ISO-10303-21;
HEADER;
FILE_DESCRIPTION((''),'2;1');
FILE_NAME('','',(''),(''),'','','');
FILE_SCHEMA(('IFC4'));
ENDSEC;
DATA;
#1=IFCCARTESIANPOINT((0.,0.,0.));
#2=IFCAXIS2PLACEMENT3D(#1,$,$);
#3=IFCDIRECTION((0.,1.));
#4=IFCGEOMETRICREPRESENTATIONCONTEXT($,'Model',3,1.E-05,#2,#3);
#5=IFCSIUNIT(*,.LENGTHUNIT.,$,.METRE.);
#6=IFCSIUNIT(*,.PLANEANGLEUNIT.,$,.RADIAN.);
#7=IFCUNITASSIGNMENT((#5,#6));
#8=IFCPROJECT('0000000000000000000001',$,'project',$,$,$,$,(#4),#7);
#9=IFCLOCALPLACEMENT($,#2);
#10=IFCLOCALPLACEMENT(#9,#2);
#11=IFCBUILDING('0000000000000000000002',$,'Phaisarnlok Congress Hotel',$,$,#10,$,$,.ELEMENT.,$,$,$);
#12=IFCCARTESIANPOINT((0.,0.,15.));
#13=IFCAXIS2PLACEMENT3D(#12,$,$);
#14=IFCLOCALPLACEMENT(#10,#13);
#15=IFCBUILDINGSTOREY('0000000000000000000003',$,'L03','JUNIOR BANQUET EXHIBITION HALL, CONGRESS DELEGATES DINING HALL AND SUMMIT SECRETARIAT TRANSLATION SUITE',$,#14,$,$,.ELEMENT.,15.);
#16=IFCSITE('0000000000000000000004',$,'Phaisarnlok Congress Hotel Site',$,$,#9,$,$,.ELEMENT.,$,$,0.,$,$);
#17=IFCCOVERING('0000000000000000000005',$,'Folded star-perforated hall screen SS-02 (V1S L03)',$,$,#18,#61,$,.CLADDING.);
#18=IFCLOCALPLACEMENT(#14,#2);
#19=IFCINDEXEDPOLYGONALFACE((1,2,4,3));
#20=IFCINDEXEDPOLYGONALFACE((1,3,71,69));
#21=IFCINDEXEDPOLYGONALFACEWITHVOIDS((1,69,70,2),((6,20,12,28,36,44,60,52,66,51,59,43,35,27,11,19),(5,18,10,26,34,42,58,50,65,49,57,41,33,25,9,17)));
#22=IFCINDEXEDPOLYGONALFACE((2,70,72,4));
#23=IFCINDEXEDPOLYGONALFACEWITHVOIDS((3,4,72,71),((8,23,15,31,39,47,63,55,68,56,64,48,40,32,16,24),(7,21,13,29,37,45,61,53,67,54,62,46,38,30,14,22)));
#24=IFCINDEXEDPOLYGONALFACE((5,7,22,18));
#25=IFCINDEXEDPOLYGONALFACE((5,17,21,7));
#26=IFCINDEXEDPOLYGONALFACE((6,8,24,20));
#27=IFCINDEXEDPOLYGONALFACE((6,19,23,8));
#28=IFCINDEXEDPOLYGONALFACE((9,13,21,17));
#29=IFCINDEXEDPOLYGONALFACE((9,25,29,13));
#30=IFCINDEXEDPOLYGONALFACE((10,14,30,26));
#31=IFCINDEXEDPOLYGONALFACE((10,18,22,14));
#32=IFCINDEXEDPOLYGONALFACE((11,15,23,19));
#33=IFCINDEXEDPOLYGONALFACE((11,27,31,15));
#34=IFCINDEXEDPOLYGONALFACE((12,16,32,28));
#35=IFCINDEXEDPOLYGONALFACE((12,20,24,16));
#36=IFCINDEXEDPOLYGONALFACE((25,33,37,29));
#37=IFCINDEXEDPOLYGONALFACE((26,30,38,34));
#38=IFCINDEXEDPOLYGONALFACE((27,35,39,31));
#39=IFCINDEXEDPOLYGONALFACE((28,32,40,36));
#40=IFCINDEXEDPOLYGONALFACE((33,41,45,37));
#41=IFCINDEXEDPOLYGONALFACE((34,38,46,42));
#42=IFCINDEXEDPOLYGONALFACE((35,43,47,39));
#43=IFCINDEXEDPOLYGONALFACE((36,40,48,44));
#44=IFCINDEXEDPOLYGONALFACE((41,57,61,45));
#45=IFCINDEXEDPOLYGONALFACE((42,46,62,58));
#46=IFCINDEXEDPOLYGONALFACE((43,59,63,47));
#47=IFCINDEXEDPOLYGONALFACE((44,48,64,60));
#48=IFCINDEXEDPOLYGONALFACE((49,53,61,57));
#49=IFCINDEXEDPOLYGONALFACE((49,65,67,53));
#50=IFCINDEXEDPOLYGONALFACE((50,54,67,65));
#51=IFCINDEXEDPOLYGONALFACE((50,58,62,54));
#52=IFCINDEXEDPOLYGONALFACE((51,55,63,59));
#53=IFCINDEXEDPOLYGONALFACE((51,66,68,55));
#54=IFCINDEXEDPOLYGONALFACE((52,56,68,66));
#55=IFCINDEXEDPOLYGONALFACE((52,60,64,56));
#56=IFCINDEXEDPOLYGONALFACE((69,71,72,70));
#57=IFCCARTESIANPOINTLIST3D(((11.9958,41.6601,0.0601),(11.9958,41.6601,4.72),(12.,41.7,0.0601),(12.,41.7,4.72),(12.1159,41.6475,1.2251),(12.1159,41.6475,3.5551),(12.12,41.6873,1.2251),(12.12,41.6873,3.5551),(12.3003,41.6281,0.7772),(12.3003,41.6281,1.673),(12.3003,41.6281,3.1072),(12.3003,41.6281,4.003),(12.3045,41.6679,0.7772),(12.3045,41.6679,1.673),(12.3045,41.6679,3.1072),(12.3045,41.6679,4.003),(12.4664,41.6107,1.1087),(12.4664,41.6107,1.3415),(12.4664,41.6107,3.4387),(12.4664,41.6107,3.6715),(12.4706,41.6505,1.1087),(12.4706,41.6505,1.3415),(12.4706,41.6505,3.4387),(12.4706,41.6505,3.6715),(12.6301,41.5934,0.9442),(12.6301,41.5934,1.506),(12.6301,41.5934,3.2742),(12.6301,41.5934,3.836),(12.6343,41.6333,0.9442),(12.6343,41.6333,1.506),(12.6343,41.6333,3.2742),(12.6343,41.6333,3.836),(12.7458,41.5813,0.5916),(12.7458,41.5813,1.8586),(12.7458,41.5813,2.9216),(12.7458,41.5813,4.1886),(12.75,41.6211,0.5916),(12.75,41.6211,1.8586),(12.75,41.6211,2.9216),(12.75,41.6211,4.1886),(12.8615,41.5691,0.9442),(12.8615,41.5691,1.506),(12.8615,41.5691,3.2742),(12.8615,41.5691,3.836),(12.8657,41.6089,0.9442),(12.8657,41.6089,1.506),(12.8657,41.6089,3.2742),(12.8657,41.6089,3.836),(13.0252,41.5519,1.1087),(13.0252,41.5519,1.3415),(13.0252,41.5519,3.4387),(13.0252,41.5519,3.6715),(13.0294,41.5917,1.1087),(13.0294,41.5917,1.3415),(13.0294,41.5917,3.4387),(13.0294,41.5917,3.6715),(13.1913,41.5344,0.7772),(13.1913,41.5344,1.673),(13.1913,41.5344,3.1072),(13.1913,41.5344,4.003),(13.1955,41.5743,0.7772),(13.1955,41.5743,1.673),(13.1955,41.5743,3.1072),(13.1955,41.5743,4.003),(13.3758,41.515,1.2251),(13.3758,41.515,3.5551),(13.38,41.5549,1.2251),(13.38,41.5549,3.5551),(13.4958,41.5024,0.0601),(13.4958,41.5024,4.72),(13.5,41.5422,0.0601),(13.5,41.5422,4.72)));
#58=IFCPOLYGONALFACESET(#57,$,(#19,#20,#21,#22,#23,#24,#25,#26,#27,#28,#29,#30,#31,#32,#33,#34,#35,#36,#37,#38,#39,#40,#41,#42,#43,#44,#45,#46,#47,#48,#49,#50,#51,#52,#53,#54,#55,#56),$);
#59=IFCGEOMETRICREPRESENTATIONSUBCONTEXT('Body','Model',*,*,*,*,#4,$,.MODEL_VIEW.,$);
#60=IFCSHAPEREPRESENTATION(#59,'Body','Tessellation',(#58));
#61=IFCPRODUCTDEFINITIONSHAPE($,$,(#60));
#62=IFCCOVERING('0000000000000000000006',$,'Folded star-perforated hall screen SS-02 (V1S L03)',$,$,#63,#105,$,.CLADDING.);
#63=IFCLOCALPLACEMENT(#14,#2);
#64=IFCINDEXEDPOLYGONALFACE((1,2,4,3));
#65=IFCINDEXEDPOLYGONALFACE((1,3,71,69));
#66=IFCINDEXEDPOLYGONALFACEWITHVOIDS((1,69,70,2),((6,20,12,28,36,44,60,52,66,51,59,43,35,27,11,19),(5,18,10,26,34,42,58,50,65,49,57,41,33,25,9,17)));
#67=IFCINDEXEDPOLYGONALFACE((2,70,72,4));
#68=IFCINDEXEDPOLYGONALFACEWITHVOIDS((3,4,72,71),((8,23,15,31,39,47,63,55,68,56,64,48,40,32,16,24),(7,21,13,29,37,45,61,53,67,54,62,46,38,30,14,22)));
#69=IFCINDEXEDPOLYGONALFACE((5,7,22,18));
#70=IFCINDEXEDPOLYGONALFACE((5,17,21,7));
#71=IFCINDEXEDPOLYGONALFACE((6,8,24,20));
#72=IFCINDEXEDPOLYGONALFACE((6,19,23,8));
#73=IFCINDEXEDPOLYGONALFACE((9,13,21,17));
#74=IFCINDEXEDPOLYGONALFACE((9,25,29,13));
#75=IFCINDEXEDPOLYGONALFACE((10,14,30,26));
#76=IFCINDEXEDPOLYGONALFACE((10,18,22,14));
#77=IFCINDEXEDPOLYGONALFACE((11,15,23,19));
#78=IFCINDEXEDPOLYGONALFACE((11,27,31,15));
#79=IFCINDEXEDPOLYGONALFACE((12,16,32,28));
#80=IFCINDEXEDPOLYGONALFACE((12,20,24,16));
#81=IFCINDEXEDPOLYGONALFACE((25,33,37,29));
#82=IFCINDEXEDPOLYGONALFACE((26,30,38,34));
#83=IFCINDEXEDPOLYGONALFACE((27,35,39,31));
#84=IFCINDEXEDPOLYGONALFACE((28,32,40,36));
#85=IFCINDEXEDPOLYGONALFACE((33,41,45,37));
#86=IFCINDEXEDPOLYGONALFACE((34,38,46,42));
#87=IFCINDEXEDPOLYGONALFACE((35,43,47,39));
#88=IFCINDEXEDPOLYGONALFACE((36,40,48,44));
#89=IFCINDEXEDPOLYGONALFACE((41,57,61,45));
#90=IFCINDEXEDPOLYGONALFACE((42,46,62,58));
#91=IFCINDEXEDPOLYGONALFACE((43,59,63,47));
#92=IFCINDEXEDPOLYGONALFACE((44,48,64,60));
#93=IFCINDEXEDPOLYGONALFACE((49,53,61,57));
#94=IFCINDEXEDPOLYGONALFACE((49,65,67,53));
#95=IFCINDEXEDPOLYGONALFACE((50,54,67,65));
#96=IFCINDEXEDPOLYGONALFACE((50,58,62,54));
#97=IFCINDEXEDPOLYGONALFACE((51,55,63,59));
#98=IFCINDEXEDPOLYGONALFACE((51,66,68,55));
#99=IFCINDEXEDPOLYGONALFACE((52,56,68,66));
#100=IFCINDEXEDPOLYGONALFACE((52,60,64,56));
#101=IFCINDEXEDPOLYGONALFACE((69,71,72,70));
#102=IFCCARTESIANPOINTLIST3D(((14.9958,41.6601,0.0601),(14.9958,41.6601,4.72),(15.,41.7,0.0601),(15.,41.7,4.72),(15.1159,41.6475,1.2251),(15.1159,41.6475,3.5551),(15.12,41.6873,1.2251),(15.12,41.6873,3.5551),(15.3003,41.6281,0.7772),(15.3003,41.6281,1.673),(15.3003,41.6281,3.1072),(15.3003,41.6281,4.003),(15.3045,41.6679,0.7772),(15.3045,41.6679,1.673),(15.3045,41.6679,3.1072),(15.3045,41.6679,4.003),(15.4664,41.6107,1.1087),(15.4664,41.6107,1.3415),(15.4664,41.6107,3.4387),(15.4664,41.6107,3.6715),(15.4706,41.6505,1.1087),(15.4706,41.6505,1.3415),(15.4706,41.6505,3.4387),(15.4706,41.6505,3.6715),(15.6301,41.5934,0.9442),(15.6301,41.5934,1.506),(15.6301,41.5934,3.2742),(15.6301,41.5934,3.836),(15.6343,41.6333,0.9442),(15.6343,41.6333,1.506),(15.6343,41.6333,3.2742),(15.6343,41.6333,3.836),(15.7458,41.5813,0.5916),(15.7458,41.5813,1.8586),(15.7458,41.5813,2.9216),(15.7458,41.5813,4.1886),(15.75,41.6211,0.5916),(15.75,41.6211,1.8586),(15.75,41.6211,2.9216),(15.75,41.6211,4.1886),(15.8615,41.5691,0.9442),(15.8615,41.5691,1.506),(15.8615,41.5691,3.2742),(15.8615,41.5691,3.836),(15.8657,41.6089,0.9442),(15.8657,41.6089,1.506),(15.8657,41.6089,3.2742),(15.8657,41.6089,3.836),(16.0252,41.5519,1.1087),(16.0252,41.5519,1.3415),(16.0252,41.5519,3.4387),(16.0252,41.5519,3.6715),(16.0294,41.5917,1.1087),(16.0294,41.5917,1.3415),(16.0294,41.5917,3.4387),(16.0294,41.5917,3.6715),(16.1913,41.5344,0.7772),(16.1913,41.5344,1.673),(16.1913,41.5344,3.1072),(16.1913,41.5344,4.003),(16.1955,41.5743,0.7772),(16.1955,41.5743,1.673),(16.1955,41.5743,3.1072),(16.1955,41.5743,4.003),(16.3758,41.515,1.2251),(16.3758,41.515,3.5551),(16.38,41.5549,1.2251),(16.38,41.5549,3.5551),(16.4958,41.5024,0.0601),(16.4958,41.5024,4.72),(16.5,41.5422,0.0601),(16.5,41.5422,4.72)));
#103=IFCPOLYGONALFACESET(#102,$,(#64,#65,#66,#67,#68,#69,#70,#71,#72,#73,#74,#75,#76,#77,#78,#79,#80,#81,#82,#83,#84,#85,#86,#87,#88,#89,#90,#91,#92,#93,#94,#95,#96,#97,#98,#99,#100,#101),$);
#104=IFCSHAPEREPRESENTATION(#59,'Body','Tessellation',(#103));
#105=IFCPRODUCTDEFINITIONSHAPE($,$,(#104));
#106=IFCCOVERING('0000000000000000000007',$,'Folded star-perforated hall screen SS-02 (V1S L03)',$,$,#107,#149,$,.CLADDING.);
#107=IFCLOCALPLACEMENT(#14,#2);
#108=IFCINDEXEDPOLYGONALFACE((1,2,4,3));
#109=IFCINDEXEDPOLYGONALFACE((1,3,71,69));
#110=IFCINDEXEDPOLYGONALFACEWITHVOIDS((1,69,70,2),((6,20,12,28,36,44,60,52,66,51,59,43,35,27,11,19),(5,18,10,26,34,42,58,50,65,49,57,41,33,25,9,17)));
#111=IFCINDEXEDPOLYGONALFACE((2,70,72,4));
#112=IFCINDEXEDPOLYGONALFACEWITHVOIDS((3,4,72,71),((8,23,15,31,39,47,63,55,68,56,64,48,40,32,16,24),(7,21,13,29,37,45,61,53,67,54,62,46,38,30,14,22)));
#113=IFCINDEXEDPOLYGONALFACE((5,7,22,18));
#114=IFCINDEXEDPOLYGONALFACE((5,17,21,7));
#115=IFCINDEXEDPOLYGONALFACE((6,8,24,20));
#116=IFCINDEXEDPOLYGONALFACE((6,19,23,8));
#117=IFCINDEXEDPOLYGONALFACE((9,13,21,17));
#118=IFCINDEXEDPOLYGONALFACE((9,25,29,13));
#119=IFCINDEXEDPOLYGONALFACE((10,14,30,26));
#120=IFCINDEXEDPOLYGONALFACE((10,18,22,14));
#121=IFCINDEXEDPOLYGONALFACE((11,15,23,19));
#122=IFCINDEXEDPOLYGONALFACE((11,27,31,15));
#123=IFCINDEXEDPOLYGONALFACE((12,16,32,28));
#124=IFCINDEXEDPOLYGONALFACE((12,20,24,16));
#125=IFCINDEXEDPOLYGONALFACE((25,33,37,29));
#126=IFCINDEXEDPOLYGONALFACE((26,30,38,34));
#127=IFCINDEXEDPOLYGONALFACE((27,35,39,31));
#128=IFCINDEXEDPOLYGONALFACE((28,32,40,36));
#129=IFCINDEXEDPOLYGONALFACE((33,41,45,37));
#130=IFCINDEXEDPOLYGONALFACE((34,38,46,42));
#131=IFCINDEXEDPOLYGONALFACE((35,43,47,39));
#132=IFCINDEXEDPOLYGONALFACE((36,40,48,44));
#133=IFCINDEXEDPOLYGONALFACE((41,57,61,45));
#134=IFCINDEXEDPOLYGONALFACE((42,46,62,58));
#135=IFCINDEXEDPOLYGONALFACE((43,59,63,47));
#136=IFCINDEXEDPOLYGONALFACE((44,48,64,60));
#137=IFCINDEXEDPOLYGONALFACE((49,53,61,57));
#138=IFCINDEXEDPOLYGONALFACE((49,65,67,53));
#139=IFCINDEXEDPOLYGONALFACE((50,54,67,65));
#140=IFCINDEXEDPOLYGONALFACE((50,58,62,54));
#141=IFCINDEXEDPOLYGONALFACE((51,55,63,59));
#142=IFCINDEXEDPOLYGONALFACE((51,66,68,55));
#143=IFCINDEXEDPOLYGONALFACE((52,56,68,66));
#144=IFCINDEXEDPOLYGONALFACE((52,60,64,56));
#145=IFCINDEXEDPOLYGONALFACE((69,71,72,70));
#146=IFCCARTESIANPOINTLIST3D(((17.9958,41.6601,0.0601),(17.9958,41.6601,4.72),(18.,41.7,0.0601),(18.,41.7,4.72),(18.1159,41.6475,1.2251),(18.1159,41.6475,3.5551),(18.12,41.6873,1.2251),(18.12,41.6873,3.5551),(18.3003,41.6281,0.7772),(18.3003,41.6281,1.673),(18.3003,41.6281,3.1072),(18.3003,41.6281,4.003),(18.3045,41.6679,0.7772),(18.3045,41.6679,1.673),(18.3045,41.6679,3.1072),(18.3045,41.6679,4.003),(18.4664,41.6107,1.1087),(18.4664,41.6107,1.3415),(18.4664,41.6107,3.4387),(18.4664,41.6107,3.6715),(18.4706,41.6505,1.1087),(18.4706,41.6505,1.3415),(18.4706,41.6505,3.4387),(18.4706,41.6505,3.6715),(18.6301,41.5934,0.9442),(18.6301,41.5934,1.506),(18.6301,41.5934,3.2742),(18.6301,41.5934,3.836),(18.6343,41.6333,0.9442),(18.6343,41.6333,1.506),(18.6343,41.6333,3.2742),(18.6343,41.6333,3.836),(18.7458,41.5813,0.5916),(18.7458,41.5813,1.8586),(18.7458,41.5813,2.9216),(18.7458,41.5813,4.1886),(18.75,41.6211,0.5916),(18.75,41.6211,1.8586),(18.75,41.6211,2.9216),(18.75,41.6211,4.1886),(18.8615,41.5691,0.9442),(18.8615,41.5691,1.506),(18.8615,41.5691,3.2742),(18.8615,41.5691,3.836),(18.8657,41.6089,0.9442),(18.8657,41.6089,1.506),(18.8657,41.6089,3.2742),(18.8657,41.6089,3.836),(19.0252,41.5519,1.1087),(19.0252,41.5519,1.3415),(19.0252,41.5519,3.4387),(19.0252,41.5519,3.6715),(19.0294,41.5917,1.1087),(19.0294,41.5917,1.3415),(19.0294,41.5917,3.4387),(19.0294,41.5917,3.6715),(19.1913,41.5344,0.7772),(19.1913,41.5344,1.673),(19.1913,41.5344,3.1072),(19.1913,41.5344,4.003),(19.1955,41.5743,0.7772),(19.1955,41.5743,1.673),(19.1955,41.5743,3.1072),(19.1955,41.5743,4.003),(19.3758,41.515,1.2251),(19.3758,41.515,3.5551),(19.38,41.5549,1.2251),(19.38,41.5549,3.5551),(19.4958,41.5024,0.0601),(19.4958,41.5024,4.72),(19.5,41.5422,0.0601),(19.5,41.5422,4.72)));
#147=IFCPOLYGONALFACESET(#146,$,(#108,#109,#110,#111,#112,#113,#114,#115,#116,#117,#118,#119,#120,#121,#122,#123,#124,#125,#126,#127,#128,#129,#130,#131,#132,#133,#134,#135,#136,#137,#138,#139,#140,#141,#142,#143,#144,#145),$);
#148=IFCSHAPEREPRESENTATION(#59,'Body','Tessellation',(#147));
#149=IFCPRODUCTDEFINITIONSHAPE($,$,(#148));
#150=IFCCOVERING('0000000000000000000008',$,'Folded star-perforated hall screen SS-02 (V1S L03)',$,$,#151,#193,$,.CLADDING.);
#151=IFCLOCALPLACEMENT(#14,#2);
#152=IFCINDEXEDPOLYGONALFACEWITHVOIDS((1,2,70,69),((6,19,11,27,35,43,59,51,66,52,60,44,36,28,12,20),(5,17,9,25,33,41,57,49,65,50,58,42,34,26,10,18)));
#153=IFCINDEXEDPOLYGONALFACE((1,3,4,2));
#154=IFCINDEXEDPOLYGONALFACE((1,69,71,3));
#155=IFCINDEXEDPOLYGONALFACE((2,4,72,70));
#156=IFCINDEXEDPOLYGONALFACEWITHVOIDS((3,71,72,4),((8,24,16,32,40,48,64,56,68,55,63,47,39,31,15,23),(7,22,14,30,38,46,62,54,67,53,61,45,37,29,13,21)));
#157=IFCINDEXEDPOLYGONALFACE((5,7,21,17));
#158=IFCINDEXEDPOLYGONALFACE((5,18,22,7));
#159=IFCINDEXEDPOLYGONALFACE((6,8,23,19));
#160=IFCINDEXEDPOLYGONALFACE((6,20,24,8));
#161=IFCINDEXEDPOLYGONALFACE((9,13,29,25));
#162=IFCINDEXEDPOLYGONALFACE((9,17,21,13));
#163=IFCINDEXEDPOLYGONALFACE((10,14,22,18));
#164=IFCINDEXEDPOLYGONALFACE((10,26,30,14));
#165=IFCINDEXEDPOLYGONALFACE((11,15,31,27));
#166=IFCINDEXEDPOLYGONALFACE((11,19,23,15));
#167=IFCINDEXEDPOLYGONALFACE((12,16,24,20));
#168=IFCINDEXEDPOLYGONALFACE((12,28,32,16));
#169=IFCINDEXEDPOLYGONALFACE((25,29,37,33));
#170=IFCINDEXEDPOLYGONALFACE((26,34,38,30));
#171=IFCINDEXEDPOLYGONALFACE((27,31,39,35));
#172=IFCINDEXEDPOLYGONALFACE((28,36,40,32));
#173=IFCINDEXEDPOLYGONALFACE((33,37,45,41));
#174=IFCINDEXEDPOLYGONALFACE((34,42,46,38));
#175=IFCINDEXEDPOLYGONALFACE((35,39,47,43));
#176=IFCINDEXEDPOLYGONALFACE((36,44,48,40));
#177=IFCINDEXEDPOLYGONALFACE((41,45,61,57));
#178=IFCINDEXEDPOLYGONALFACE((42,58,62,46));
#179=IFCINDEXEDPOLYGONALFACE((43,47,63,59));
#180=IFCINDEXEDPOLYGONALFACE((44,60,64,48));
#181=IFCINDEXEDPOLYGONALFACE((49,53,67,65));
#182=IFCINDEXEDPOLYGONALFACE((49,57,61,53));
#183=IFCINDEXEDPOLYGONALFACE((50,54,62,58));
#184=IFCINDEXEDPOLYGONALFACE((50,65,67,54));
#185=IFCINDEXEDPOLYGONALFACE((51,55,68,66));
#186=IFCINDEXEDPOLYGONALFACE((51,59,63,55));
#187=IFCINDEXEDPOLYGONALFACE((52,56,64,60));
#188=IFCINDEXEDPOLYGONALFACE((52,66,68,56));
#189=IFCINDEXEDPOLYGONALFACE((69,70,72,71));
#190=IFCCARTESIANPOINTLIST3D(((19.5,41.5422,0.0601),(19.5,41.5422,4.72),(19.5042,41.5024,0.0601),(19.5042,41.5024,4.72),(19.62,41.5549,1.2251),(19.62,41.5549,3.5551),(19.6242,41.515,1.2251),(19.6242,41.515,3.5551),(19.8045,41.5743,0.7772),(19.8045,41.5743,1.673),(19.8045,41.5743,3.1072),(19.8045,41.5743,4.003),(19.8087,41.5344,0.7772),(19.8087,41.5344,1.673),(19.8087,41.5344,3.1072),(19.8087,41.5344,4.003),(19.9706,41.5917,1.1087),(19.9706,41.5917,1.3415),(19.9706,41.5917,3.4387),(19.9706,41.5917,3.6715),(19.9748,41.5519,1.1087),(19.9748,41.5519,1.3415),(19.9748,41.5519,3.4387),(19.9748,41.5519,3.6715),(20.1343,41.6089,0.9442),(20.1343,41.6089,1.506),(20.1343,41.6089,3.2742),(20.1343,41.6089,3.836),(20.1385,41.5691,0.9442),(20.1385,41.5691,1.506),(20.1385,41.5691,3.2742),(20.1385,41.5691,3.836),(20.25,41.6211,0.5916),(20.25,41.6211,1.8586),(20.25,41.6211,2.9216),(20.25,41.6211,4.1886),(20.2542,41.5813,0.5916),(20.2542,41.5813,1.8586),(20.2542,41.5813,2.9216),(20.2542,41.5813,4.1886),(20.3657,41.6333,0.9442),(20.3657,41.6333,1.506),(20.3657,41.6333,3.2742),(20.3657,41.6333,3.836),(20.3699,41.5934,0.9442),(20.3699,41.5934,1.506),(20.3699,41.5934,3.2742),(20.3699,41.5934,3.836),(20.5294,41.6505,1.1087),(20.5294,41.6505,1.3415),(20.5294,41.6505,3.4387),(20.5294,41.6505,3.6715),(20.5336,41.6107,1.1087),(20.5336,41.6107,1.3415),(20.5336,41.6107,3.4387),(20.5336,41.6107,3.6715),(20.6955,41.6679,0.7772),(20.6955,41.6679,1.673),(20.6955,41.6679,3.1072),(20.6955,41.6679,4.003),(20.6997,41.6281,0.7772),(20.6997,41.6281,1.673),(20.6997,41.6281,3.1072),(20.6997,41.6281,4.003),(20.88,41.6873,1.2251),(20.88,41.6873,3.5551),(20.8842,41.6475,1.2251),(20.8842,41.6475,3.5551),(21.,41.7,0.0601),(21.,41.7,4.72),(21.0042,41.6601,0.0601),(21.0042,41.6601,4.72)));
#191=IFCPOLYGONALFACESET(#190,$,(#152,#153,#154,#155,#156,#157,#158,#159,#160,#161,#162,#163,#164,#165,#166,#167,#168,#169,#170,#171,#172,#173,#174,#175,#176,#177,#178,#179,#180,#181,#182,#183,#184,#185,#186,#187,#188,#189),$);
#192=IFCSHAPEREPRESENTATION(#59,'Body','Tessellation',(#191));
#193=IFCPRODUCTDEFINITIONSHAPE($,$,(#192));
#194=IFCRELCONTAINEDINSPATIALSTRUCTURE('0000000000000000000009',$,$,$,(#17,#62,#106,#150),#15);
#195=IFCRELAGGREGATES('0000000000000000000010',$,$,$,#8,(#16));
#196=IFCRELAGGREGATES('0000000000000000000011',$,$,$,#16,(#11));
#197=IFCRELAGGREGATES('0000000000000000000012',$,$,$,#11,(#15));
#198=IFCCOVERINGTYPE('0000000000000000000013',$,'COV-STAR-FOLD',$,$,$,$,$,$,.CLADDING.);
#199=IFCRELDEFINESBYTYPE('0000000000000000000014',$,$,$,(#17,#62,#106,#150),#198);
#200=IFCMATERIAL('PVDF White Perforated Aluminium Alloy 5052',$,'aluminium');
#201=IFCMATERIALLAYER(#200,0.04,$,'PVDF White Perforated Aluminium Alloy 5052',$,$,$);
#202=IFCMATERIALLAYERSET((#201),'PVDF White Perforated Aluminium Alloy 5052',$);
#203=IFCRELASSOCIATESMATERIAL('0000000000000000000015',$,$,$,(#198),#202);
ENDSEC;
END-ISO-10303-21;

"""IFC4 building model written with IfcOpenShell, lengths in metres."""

from ifc_helpers import new_model, si_unit, direction, frame, origin, place, context, subcontext, project, spatial, polyline, outline, extrude, material, layer, layer_set, type_object, element, save


model = new_model("IFC4")

# Units and contexts
model_context = context("Model", 3, precision=1e-05, world=origin(), true_north=direction((0.0, 1.0)))
body_context = subcontext(model_context, "Body", "Model", "MODEL_VIEW")
ifc_project = project(units=[si_unit("LENGTHUNIT", "METRE"), si_unit("PLANEANGLEUNIT", "RADIAN")], contexts=[model_context])

# Site, building, storey
site_placement = place(None, origin())
site = spatial("IfcSite", under=ifc_project, at=site_placement, Name="Phaisarnlok Congress Hotel Site", CompositionType="ELEMENT", RefElevation=0.0)
building_placement = place(site_placement, origin())
building = spatial("IfcBuilding", under=site, at=building_placement, Name="Phaisarnlok Congress Hotel", CompositionType="ELEMENT")
storey_placement = place(building_placement, frame((0.0, 0.0, 15.0)))
storey = spatial("IfcBuildingStorey", under=building, at=storey_placement, Name="L03", Description="JUNIOR BANQUET EXHIBITION HALL, CONGRESS DELEGATES DINING HALL AND SUMMIT SECRETARIAT TRANSLATION SUITE", CompositionType="ELEMENT", Elevation=15.0)

# Coverings
ifc_material_1 = material(Name="PVDF White Perforated Aluminium Alloy 5052", Category="aluminium")
ifc_layer = layer(ifc_material_1, 0.04, Name="PVDF White Perforated Aluminium Alloy 5052")
ifc_layer_set = layer_set([ifc_layer], Name="PVDF White Perforated Aluminium Alloy 5052")
covering_type = type_object("IfcCoveringType", Name="COV-STAR-FOLD", PredefinedType="CLADDING", material=ifc_layer_set)
for number, where, z_axis, x_axis, name in (
    (1, (12.0, 41.7, 0.0601), (-0.104567, -0.994518, 0.0), (0.994518, -0.104567, 0.0), "Folded star-perforated hall screen SS-02 (V1S L03)"),
    (2, (15.0, 41.7, 0.0601), (-0.104567, -0.994518, 0.0), (0.994518, -0.104567, 0.0), "Folded star-perforated hall screen SS-02 (V1S L03)"),
    (3, (18.0, 41.7, 0.0601), (-0.104567, -0.994518, 0.0), (0.994518, -0.104567, 0.0), "Folded star-perforated hall screen SS-02 (V1S L03)"),
    (4, (19.5, 41.5422, 0.0601), (0.104567, -0.994518, 0.0), (0.994518, 0.104567, 0.0), "Folded star-perforated hall screen SS-02 (V1S L03)"),
):
    element("IfcCovering", number, at=place(storey_placement, frame(where, z_axis=z_axis, x_axis=x_axis)), inside=storey, type_object=covering_type, Name=name, PredefinedType="CLADDING", context=body_context, shape_type="SweptSolid", body=[
        extrude(outline(polyline([(0.0, 0.0), (1.5083, 0.0), (1.5083, 4.6599), (0.0, 4.6599), (0.0, 0.0)]), holes=[polyline([(1.0351, 1.0486), (1.2021, 0.7171), (0.8705, 0.8841), (0.7541, 0.5315), (0.6378, 0.8841), (0.3062, 0.7171), (0.4732, 1.0486), (0.1207, 1.165), (0.4732, 1.2814), (0.3062, 1.6129), (0.6378, 1.4459), (0.7541, 1.7985), (0.8705, 1.4459), (1.2021, 1.6129), (1.0351, 1.2814), (1.3876, 1.165), (1.0351, 1.0486)]), polyline([(1.0351, 3.3786), (1.2021, 3.0471), (0.8705, 3.2141), (0.7541, 2.8615), (0.6378, 3.2141), (0.3062, 3.0471), (0.4732, 3.3786), (0.1207, 3.495), (0.4732, 3.6114), (0.3062, 3.9429), (0.6378, 3.7759), (0.7541, 4.1285), (0.8705, 3.7759), (1.2021, 3.9429), (1.0351, 3.6114), (1.3876, 3.495), (1.0351, 3.3786)])]), origin(), (0.0, 0.0, 1.0), 0.04),
    ])

save(model, "model.ifc")
